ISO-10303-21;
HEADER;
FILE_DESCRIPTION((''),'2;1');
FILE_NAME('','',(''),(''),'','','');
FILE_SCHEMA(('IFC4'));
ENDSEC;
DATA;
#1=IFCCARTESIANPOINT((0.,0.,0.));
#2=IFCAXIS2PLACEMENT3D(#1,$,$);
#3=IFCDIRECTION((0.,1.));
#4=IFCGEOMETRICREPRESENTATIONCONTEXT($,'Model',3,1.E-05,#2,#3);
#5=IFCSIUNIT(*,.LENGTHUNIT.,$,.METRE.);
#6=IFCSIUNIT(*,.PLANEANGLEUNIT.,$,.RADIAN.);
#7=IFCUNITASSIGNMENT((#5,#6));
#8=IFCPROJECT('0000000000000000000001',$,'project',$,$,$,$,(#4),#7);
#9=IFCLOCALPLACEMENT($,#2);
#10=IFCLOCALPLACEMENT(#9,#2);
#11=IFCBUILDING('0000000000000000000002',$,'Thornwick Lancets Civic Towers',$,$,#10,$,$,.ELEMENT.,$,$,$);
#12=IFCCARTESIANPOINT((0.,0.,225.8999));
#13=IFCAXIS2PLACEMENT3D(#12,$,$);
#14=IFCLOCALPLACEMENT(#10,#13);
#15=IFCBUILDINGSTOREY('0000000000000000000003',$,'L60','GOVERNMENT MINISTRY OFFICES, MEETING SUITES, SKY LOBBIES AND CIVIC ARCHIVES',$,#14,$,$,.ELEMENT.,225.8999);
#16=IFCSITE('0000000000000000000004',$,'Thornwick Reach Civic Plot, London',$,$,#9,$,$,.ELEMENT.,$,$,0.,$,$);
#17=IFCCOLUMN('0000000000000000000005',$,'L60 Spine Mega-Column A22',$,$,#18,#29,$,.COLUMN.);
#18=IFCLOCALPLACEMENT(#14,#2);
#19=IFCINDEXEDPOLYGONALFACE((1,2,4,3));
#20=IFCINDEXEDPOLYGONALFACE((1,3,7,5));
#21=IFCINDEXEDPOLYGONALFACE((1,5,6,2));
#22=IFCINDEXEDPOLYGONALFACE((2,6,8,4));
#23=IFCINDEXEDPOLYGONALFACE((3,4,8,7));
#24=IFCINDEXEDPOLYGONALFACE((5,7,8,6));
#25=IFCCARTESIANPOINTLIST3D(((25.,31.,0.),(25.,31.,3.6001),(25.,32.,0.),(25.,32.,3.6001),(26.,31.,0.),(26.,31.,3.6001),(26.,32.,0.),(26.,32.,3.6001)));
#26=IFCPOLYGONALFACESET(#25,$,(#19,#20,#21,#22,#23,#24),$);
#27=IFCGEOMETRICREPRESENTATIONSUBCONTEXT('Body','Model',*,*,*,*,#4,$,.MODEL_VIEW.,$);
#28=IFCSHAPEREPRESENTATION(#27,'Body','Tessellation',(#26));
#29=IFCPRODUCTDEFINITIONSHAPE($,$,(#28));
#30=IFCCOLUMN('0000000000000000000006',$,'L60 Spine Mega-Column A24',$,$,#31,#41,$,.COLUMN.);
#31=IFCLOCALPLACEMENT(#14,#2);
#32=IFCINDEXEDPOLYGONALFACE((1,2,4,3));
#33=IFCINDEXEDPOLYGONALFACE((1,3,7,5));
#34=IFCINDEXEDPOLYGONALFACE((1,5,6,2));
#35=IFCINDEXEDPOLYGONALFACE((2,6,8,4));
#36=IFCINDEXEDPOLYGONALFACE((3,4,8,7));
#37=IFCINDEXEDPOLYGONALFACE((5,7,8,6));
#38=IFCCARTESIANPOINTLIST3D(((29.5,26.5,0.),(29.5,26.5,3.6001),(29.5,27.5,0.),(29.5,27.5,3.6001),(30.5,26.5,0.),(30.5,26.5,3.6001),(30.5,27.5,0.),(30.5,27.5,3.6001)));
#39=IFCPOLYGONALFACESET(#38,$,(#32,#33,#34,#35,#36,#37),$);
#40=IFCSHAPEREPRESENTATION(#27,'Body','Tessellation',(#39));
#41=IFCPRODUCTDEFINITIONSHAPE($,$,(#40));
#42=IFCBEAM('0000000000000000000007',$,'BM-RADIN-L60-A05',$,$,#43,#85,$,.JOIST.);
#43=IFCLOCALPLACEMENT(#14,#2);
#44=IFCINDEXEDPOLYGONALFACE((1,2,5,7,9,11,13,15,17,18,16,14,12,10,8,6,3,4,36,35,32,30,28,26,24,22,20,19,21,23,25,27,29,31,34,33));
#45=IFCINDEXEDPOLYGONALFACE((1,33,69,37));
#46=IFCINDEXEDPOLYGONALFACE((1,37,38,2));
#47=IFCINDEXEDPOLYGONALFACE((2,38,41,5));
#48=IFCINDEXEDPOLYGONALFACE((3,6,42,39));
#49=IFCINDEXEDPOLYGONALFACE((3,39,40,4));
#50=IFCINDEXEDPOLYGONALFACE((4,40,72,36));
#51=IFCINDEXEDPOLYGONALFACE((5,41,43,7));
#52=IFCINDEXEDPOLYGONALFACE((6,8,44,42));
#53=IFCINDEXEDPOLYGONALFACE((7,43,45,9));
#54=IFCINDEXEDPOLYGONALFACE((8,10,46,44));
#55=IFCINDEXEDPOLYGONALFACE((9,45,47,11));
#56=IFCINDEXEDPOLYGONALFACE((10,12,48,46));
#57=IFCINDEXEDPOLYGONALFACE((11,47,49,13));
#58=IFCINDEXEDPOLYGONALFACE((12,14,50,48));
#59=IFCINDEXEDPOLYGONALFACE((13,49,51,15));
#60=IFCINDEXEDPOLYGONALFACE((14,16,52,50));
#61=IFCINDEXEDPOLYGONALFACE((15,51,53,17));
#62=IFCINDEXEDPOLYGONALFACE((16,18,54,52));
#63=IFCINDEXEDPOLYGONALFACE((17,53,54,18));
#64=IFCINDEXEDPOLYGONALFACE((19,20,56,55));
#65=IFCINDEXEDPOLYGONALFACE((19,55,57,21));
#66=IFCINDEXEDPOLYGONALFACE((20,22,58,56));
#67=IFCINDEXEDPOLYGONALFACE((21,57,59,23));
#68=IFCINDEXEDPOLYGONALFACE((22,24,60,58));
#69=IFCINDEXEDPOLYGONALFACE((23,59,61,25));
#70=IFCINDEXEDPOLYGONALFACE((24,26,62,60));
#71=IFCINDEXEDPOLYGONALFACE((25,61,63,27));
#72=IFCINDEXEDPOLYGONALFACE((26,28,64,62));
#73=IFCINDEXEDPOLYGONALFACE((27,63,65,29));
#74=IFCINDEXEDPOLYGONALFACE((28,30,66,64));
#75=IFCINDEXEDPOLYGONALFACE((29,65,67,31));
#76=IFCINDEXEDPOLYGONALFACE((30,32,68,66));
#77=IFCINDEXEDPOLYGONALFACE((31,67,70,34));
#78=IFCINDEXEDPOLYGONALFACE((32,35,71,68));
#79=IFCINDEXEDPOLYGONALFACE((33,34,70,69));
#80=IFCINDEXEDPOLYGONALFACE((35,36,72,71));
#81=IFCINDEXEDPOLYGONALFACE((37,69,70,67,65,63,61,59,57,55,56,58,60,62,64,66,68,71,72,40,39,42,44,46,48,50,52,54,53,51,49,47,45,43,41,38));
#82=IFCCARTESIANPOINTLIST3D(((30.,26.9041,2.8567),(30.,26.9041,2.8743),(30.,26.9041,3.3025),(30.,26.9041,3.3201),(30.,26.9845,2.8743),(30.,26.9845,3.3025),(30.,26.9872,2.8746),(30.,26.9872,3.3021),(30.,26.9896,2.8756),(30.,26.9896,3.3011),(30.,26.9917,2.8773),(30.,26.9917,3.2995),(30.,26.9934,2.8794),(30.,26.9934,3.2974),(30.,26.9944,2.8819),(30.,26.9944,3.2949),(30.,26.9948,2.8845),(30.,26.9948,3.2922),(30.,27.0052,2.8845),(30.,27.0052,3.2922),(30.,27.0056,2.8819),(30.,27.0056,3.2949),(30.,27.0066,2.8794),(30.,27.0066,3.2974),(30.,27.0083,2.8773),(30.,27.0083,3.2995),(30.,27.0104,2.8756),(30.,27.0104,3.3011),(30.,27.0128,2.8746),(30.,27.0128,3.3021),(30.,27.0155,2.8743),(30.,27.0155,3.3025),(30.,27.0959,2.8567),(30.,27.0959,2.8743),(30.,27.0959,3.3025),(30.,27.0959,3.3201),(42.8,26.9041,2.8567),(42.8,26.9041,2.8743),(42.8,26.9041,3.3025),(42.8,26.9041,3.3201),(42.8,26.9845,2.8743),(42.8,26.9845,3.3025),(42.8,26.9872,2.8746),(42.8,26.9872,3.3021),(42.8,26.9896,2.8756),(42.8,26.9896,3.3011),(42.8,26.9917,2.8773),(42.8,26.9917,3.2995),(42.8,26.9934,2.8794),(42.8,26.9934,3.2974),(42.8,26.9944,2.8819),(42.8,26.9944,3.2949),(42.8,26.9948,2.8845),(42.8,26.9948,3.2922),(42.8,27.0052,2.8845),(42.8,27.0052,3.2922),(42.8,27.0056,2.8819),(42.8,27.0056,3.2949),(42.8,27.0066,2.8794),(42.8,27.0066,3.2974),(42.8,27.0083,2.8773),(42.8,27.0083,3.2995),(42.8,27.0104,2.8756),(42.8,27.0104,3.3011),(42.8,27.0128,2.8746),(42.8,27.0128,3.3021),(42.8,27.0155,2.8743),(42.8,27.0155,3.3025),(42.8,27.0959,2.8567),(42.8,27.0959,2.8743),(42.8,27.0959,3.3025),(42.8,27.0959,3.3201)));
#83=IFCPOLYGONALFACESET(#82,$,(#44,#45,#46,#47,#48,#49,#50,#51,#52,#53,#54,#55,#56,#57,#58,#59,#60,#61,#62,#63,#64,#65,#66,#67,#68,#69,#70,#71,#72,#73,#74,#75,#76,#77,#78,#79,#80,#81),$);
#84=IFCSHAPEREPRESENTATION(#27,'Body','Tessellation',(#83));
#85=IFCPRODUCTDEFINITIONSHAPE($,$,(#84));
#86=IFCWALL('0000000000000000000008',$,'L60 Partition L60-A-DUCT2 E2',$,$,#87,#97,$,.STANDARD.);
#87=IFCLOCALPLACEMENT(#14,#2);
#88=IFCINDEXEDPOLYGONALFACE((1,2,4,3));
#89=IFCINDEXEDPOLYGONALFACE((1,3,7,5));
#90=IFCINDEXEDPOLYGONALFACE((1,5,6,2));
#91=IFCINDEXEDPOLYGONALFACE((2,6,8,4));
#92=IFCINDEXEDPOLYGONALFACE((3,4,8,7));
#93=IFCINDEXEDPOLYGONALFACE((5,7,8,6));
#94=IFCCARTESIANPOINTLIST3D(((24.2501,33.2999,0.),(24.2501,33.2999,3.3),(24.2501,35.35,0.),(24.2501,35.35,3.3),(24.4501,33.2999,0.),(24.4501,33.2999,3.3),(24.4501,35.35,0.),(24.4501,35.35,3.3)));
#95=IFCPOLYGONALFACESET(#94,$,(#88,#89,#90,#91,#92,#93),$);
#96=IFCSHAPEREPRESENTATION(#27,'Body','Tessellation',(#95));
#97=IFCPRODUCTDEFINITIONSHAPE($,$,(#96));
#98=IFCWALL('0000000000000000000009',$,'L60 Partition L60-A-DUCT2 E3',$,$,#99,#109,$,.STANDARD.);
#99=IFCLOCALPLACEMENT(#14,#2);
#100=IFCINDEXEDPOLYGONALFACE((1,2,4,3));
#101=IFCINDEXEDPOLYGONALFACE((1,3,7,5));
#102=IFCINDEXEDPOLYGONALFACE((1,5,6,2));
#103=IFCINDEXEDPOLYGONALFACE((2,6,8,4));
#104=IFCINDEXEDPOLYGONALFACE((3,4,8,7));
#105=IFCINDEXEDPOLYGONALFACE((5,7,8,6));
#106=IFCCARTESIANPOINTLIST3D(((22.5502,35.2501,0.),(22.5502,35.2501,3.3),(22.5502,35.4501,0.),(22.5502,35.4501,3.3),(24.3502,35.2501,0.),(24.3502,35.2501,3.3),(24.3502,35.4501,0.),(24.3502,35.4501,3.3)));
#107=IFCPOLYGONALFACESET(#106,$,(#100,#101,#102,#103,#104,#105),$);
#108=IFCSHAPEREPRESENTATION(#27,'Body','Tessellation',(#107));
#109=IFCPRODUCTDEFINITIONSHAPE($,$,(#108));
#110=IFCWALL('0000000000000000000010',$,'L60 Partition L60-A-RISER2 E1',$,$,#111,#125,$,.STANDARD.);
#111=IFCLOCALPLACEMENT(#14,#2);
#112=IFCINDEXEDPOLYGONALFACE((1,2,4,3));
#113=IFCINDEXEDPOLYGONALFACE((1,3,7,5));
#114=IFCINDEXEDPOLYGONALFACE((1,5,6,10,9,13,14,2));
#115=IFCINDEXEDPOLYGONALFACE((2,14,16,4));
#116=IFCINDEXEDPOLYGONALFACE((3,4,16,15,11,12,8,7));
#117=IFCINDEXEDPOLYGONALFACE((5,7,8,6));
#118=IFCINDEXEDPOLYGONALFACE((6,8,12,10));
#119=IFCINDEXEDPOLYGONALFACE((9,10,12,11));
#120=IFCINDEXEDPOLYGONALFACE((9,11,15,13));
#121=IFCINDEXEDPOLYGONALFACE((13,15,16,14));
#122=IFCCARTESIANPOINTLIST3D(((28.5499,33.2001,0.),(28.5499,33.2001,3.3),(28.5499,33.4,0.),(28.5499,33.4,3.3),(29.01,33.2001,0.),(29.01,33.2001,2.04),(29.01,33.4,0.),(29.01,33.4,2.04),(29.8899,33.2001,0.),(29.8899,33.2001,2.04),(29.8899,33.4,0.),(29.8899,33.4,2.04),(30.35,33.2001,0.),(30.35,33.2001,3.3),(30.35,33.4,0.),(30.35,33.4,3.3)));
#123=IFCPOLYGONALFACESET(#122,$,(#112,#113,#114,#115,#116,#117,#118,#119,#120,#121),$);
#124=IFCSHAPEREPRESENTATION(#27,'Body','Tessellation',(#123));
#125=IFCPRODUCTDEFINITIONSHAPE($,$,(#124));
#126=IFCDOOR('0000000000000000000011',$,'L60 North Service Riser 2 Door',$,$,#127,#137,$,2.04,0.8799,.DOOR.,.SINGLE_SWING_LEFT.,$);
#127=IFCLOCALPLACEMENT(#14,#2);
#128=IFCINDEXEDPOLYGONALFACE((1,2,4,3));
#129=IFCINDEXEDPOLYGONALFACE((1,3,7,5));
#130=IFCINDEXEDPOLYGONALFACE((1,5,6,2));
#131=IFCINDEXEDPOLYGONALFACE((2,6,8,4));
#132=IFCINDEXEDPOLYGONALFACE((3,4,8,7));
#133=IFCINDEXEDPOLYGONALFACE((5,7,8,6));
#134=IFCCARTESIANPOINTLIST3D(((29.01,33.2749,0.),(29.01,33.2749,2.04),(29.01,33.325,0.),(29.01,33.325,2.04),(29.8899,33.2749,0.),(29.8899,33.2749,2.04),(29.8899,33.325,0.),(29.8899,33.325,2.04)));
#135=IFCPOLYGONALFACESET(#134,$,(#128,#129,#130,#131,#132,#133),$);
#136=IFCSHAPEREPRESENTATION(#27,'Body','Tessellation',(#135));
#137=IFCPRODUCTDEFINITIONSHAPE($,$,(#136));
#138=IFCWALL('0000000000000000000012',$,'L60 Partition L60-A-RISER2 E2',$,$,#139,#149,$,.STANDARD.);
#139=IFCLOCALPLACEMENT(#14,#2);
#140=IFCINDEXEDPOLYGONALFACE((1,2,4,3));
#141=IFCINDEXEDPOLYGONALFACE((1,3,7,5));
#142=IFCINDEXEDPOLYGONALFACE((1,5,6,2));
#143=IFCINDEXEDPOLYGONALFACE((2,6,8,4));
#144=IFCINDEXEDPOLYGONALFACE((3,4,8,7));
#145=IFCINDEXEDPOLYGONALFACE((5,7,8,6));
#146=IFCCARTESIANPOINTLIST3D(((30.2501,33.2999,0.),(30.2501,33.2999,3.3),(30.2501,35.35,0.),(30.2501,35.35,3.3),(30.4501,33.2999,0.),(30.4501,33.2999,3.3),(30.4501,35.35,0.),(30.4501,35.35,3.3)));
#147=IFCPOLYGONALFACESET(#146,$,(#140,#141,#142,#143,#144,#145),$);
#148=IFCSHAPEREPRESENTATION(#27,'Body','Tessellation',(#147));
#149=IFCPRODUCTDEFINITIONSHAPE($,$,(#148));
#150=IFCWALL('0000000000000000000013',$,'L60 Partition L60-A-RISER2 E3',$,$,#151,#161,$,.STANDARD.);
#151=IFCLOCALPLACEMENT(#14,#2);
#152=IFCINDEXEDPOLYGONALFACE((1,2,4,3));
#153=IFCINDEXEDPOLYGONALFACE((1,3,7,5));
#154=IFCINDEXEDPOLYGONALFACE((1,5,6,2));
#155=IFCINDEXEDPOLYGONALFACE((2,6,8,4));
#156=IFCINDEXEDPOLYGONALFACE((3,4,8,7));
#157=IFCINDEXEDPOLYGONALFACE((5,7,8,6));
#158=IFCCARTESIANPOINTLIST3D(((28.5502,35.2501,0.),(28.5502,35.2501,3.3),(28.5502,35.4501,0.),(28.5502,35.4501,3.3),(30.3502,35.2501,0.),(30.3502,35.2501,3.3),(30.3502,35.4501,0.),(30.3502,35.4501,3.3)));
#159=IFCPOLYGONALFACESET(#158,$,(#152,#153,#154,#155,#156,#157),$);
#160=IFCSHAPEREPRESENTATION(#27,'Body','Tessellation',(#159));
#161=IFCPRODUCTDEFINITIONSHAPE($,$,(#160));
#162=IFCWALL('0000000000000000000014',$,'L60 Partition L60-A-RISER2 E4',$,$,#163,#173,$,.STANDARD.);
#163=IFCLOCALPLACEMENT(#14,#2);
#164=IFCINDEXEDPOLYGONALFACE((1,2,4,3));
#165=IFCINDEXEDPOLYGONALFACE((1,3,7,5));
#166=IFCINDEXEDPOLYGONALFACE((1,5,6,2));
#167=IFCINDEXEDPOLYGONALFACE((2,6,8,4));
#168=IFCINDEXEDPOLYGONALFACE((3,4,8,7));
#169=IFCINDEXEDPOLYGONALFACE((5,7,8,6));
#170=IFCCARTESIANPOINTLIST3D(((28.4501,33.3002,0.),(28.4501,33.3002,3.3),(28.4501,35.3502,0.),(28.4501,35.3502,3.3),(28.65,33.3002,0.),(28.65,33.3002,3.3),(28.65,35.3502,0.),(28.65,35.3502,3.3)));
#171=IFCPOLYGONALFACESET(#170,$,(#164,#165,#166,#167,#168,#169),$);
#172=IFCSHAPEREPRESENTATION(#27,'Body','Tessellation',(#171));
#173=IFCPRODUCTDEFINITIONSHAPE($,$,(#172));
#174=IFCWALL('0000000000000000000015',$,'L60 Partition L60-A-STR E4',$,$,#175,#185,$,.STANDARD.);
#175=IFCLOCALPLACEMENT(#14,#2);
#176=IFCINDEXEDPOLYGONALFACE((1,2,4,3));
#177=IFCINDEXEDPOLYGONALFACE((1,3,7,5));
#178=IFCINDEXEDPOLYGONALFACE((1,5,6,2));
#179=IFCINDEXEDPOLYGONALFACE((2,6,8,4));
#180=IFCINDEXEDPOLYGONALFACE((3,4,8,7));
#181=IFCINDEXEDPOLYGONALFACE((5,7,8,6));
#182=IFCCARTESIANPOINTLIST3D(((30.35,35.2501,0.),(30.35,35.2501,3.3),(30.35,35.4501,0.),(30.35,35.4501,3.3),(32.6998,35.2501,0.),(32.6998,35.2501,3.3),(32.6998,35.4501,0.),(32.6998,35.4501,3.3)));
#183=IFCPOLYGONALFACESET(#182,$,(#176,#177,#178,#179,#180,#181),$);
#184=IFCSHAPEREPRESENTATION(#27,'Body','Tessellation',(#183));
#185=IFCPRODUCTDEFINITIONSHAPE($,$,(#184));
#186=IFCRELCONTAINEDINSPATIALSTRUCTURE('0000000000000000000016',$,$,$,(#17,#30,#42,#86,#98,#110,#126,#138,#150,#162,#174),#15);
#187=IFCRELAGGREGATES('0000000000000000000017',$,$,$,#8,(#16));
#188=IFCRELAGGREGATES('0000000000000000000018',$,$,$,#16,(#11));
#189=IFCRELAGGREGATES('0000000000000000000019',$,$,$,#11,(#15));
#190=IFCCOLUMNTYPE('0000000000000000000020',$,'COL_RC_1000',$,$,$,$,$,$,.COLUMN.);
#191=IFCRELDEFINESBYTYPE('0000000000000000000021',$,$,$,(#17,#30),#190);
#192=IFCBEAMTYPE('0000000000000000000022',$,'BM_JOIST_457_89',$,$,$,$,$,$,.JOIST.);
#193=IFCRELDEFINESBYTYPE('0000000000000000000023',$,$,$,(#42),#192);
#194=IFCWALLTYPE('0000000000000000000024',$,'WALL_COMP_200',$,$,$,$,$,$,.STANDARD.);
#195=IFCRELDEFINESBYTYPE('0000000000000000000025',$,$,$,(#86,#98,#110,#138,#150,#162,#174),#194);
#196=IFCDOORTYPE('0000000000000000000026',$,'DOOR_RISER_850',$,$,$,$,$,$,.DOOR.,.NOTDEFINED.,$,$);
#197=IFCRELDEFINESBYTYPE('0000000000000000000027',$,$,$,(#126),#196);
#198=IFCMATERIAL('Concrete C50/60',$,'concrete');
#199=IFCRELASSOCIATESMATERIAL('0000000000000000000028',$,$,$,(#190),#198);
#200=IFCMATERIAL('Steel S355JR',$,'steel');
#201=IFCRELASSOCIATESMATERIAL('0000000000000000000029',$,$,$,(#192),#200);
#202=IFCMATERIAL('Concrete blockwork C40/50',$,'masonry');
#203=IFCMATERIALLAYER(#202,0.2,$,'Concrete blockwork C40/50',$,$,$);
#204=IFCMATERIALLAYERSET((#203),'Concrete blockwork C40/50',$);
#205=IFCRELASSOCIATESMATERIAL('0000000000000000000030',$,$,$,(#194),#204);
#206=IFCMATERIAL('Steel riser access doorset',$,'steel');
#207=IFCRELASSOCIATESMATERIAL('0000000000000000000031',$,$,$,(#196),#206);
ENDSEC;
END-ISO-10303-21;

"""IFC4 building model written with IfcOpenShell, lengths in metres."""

from ifc_helpers import new_model, si_unit, direction, frame, frame_2d, origin, origin_2d, place, context, subcontext, project, spatial, rectangle, i_section, extrude, material, layer, layer_set, material_profile, profile_set, type_object, element, fill, save


model = new_model("IFC4")

# Units and contexts
model_context = context("Model", 3, precision=1e-05, world=origin(), true_north=direction((0.0, 1.0)))
body_context = subcontext(model_context, "Body", "Model", "MODEL_VIEW")
ifc_project = project(units=[si_unit("LENGTHUNIT", "METRE"), si_unit("PLANEANGLEUNIT", "RADIAN")], contexts=[model_context])

# Site, building, storey
site_placement = place(None, origin())
site = spatial("IfcSite", under=ifc_project, at=site_placement, Name="Thornwick Reach Civic Plot, London", CompositionType="ELEMENT", RefElevation=0.0)
building_placement = place(site_placement, origin())
building = spatial("IfcBuilding", under=site, at=building_placement, Name="Thornwick Lancets Civic Towers", CompositionType="ELEMENT")
storey_placement = place(building_placement, frame((0.0, 0.0, 225.8999)))
storey = spatial("IfcBuildingStorey", under=building, at=storey_placement, Name="L60", Description="GOVERNMENT MINISTRY OFFICES, MEETING SUITES, SKY LOBBIES AND CIVIC ARCHIVES", CompositionType="ELEMENT", Elevation=225.8999)

# Columns
ifc_material_1 = material(Name="Concrete C50/60", Category="concrete")
ifc_material_profile_1 = material_profile(ifc_material_1, rectangle(XDim=1.0, YDim=1.0, at=origin_2d()), Name="RC 1000x1000")
ifc_profile_set_1 = profile_set([ifc_material_profile_1], Name="Concrete C50/60")
column_type = type_object("IfcColumnType", Name="COL_RC_1000", PredefinedType="COLUMN", material=ifc_profile_set_1)
for number, where, z_axis, x_axis, name in (
    (1, (25.5, 31.5, 0.0), (0.0, 0.0, 1.0), (1.0, 0.0, 0.0), "L60 Spine Mega-Column A22"),
    (2, (30.0, 27.0, 0.0), (0.0, 0.0, 1.0), (1.0, 0.0, 0.0), "L60 Spine Mega-Column A24"),
):
    element("IfcColumn", number, at=place(storey_placement, frame(where, z_axis=z_axis, x_axis=x_axis)), inside=storey, type_object=column_type, Name=name, PredefinedType="COLUMN", context=body_context, shape_type="SweptSolid", body=[
        extrude(rectangle(XDim=1.0, YDim=1.0, at=origin_2d()), origin(), (0.0, 0.0, 1.0), 3.6001),
    ])

# Beam
ifc_material_2 = material(Name="Steel S355JR", Category="steel")
ifc_material_profile_2 = material_profile(ifc_material_2, i_section(OverallWidth=0.1919, OverallDepth=0.4634, WebThickness=0.0105, FlangeThickness=0.0176, FilletRadius=0.0103, at=origin_2d()), Name="UKB 457x191x89")
ifc_profile_set_2 = profile_set([ifc_material_profile_2], Name="Steel S355JR")
beam_type = type_object("IfcBeamType", Name="BM_JOIST_457_89", PredefinedType="JOIST", material=ifc_profile_set_2)
beam_placement = place(storey_placement, frame((30.0, 27.0, 3.0884), z_axis=(1.0, 0.0, 0.0), x_axis=(0.0, 1.0, 0.0)))
element("IfcBeam", 3, at=beam_placement, inside=storey, type_object=beam_type, Name="BM-RADIN-L60-A05", PredefinedType="JOIST", context=body_context, shape_type="SweptSolid", body=[
    extrude(i_section(OverallWidth=0.1919, OverallDepth=0.4634, WebThickness=0.0105, FlangeThickness=0.0176, FilletRadius=0.0103, at=origin_2d()), origin(), (0.0, 0.0, 1.0), 12.8),
])

# Walls
ifc_material_3 = material(Name="Concrete blockwork C40/50", Category="masonry")
ifc_layer_1 = layer(ifc_material_3, 0.2, Name="Concrete blockwork C40/50")
ifc_layer_set_1 = layer_set([ifc_layer_1], Name="Concrete blockwork C40/50")
wall_type_1 = type_object("IfcWallType", Name="WALL_COMP_200", PredefinedType="STANDARD", material=ifc_layer_set_1)
wall_1_placement = place(storey_placement, frame((24.3501, 33.3, 0.0), z_axis=(0.0, 0.0, 1.0), x_axis=(0.0, 1.0, 0.0)))
element("IfcWall", 4, at=wall_1_placement, inside=storey, type_object=wall_type_1, Name="L60 Partition L60-A-DUCT2 E2", PredefinedType="STANDARD", context=body_context, shape_type="SweptSolid", body=[
    extrude(rectangle(XDim=2.05, YDim=0.2, at=frame_2d((1.0249, 0.0))), origin(), (0.0, 0.0, 1.0), 3.3),
])
wall_2_placement = place(storey_placement, frame((24.3501, 35.3501, 0.0), z_axis=(0.0, 0.0, 1.0), x_axis=(-1.0, 0.0, 0.0)))
element("IfcWall", 5, at=wall_2_placement, inside=storey, type_object=wall_type_1, Name="L60 Partition L60-A-DUCT2 E3", PredefinedType="STANDARD", context=body_context, shape_type="SweptSolid", body=[
    extrude(rectangle(XDim=1.8, YDim=0.2, at=frame_2d((0.8999, 0.0))), origin(), (0.0, 0.0, 1.0), 3.3),
])

# Wall, opening, door
wall_3_placement = place(storey_placement, frame((28.55, 33.3, 0.0), z_axis=(0.0, 0.0, 1.0), x_axis=(1.0, 0.0, 0.0)))
wall_3 = element("IfcWall", 6, at=wall_3_placement, inside=storey, type_object=wall_type_1, Name="L60 Partition L60-A-RISER2 E1", PredefinedType="STANDARD", context=body_context, shape_type="SweptSolid", body=[
    extrude(rectangle(XDim=1.8, YDim=0.2, at=frame_2d((0.8999, 0.0))), origin(), (0.0, 0.0, 1.0), 3.3),
])
opening_placement = place(wall_3_placement, frame((0.46, 0.0, 0.0)))
opening = element("IfcOpeningElement", 7, at=opening_placement, cuts=wall_3, PredefinedType="OPENING", context=body_context, shape_type="SweptSolid", body=[
    extrude(rectangle(XDim=0.8799, YDim=2.04, at=frame_2d((0.4399, 1.02))), frame((0.0, 0.1099, 0.0), z_axis=(0.0, -1.0, 0.0), x_axis=(1.0, 0.0, 0.0)), (0.0, 0.0, 1.0), 0.22),
])
ifc_material_4 = material(Name="Steel riser access doorset", Category="steel")
door_type = type_object("IfcDoorType", Name="DOOR_RISER_850", OperationType="NOTDEFINED", PredefinedType="DOOR", material=ifc_material_4)
door_placement = place(opening_placement, origin())
door = element("IfcDoor", 8, at=door_placement, inside=storey, type_object=door_type, Name="L60 North Service Riser 2 Door", OperationType="SINGLE_SWING_LEFT", OverallHeight=2.04, OverallWidth=0.8799, PredefinedType="DOOR", context=body_context, shape_type="SweptSolid", body=[
    extrude(rectangle(XDim=0.8799, YDim=2.04, at=frame_2d((0.4399, 1.02))), frame((0.0, 0.0249, 0.0), z_axis=(0.0, -1.0, 0.0), x_axis=(1.0, 0.0, 0.0)), (0.0, 0.0, 1.0), 0.05),
])
fill(opening, door)

# Walls
wall_4_placement = place(storey_placement, frame((30.3501, 33.3, 0.0), z_axis=(0.0, 0.0, 1.0), x_axis=(0.0, 1.0, 0.0)))
element("IfcWall", 9, at=wall_4_placement, inside=storey, type_object=wall_type_1, Name="L60 Partition L60-A-RISER2 E2", PredefinedType="STANDARD", context=body_context, shape_type="SweptSolid", body=[
    extrude(rectangle(XDim=2.05, YDim=0.2, at=frame_2d((1.0249, 0.0))), origin(), (0.0, 0.0, 1.0), 3.3),
])
wall_5_placement = place(storey_placement, frame((30.3501, 35.3501, 0.0), z_axis=(0.0, 0.0, 1.0), x_axis=(-1.0, 0.0, 0.0)))
element("IfcWall", 10, at=wall_5_placement, inside=storey, type_object=wall_type_1, Name="L60 Partition L60-A-RISER2 E3", PredefinedType="STANDARD", context=body_context, shape_type="SweptSolid", body=[
    extrude(rectangle(XDim=1.8, YDim=0.2, at=frame_2d((0.8999, 0.0))), origin(), (0.0, 0.0, 1.0), 3.3),
])
wall_6_placement = place(storey_placement, frame((28.55, 35.3501, 0.0), z_axis=(0.0, 0.0, 1.0), x_axis=(0.0, -1.0, 0.0)))
element("IfcWall", 11, at=wall_6_placement, inside=storey, type_object=wall_type_1, Name="L60 Partition L60-A-RISER2 E4", PredefinedType="STANDARD", context=body_context, shape_type="SweptSolid", body=[
    extrude(rectangle(XDim=2.05, YDim=0.2, at=frame_2d((1.0249, 0.0))), origin(), (0.0, 0.0, 1.0), 3.3),
])
wall_7_placement = place(storey_placement, frame((30.3501, 35.3501, 0.0), z_axis=(0.0, 0.0, 1.0), x_axis=(1.0, 0.0, 0.0)))
element("IfcWall", 12, at=wall_7_placement, inside=storey, type_object=wall_type_1, Name="L60 Partition L60-A-STR E4", PredefinedType="STANDARD", context=body_context, shape_type="SweptSolid", body=[
    extrude(rectangle(XDim=2.3499, YDim=0.2, at=frame_2d((1.1748, 0.0))), origin(), (0.0, 0.0, 1.0), 3.3),
])

save(model, "model.ifc")
